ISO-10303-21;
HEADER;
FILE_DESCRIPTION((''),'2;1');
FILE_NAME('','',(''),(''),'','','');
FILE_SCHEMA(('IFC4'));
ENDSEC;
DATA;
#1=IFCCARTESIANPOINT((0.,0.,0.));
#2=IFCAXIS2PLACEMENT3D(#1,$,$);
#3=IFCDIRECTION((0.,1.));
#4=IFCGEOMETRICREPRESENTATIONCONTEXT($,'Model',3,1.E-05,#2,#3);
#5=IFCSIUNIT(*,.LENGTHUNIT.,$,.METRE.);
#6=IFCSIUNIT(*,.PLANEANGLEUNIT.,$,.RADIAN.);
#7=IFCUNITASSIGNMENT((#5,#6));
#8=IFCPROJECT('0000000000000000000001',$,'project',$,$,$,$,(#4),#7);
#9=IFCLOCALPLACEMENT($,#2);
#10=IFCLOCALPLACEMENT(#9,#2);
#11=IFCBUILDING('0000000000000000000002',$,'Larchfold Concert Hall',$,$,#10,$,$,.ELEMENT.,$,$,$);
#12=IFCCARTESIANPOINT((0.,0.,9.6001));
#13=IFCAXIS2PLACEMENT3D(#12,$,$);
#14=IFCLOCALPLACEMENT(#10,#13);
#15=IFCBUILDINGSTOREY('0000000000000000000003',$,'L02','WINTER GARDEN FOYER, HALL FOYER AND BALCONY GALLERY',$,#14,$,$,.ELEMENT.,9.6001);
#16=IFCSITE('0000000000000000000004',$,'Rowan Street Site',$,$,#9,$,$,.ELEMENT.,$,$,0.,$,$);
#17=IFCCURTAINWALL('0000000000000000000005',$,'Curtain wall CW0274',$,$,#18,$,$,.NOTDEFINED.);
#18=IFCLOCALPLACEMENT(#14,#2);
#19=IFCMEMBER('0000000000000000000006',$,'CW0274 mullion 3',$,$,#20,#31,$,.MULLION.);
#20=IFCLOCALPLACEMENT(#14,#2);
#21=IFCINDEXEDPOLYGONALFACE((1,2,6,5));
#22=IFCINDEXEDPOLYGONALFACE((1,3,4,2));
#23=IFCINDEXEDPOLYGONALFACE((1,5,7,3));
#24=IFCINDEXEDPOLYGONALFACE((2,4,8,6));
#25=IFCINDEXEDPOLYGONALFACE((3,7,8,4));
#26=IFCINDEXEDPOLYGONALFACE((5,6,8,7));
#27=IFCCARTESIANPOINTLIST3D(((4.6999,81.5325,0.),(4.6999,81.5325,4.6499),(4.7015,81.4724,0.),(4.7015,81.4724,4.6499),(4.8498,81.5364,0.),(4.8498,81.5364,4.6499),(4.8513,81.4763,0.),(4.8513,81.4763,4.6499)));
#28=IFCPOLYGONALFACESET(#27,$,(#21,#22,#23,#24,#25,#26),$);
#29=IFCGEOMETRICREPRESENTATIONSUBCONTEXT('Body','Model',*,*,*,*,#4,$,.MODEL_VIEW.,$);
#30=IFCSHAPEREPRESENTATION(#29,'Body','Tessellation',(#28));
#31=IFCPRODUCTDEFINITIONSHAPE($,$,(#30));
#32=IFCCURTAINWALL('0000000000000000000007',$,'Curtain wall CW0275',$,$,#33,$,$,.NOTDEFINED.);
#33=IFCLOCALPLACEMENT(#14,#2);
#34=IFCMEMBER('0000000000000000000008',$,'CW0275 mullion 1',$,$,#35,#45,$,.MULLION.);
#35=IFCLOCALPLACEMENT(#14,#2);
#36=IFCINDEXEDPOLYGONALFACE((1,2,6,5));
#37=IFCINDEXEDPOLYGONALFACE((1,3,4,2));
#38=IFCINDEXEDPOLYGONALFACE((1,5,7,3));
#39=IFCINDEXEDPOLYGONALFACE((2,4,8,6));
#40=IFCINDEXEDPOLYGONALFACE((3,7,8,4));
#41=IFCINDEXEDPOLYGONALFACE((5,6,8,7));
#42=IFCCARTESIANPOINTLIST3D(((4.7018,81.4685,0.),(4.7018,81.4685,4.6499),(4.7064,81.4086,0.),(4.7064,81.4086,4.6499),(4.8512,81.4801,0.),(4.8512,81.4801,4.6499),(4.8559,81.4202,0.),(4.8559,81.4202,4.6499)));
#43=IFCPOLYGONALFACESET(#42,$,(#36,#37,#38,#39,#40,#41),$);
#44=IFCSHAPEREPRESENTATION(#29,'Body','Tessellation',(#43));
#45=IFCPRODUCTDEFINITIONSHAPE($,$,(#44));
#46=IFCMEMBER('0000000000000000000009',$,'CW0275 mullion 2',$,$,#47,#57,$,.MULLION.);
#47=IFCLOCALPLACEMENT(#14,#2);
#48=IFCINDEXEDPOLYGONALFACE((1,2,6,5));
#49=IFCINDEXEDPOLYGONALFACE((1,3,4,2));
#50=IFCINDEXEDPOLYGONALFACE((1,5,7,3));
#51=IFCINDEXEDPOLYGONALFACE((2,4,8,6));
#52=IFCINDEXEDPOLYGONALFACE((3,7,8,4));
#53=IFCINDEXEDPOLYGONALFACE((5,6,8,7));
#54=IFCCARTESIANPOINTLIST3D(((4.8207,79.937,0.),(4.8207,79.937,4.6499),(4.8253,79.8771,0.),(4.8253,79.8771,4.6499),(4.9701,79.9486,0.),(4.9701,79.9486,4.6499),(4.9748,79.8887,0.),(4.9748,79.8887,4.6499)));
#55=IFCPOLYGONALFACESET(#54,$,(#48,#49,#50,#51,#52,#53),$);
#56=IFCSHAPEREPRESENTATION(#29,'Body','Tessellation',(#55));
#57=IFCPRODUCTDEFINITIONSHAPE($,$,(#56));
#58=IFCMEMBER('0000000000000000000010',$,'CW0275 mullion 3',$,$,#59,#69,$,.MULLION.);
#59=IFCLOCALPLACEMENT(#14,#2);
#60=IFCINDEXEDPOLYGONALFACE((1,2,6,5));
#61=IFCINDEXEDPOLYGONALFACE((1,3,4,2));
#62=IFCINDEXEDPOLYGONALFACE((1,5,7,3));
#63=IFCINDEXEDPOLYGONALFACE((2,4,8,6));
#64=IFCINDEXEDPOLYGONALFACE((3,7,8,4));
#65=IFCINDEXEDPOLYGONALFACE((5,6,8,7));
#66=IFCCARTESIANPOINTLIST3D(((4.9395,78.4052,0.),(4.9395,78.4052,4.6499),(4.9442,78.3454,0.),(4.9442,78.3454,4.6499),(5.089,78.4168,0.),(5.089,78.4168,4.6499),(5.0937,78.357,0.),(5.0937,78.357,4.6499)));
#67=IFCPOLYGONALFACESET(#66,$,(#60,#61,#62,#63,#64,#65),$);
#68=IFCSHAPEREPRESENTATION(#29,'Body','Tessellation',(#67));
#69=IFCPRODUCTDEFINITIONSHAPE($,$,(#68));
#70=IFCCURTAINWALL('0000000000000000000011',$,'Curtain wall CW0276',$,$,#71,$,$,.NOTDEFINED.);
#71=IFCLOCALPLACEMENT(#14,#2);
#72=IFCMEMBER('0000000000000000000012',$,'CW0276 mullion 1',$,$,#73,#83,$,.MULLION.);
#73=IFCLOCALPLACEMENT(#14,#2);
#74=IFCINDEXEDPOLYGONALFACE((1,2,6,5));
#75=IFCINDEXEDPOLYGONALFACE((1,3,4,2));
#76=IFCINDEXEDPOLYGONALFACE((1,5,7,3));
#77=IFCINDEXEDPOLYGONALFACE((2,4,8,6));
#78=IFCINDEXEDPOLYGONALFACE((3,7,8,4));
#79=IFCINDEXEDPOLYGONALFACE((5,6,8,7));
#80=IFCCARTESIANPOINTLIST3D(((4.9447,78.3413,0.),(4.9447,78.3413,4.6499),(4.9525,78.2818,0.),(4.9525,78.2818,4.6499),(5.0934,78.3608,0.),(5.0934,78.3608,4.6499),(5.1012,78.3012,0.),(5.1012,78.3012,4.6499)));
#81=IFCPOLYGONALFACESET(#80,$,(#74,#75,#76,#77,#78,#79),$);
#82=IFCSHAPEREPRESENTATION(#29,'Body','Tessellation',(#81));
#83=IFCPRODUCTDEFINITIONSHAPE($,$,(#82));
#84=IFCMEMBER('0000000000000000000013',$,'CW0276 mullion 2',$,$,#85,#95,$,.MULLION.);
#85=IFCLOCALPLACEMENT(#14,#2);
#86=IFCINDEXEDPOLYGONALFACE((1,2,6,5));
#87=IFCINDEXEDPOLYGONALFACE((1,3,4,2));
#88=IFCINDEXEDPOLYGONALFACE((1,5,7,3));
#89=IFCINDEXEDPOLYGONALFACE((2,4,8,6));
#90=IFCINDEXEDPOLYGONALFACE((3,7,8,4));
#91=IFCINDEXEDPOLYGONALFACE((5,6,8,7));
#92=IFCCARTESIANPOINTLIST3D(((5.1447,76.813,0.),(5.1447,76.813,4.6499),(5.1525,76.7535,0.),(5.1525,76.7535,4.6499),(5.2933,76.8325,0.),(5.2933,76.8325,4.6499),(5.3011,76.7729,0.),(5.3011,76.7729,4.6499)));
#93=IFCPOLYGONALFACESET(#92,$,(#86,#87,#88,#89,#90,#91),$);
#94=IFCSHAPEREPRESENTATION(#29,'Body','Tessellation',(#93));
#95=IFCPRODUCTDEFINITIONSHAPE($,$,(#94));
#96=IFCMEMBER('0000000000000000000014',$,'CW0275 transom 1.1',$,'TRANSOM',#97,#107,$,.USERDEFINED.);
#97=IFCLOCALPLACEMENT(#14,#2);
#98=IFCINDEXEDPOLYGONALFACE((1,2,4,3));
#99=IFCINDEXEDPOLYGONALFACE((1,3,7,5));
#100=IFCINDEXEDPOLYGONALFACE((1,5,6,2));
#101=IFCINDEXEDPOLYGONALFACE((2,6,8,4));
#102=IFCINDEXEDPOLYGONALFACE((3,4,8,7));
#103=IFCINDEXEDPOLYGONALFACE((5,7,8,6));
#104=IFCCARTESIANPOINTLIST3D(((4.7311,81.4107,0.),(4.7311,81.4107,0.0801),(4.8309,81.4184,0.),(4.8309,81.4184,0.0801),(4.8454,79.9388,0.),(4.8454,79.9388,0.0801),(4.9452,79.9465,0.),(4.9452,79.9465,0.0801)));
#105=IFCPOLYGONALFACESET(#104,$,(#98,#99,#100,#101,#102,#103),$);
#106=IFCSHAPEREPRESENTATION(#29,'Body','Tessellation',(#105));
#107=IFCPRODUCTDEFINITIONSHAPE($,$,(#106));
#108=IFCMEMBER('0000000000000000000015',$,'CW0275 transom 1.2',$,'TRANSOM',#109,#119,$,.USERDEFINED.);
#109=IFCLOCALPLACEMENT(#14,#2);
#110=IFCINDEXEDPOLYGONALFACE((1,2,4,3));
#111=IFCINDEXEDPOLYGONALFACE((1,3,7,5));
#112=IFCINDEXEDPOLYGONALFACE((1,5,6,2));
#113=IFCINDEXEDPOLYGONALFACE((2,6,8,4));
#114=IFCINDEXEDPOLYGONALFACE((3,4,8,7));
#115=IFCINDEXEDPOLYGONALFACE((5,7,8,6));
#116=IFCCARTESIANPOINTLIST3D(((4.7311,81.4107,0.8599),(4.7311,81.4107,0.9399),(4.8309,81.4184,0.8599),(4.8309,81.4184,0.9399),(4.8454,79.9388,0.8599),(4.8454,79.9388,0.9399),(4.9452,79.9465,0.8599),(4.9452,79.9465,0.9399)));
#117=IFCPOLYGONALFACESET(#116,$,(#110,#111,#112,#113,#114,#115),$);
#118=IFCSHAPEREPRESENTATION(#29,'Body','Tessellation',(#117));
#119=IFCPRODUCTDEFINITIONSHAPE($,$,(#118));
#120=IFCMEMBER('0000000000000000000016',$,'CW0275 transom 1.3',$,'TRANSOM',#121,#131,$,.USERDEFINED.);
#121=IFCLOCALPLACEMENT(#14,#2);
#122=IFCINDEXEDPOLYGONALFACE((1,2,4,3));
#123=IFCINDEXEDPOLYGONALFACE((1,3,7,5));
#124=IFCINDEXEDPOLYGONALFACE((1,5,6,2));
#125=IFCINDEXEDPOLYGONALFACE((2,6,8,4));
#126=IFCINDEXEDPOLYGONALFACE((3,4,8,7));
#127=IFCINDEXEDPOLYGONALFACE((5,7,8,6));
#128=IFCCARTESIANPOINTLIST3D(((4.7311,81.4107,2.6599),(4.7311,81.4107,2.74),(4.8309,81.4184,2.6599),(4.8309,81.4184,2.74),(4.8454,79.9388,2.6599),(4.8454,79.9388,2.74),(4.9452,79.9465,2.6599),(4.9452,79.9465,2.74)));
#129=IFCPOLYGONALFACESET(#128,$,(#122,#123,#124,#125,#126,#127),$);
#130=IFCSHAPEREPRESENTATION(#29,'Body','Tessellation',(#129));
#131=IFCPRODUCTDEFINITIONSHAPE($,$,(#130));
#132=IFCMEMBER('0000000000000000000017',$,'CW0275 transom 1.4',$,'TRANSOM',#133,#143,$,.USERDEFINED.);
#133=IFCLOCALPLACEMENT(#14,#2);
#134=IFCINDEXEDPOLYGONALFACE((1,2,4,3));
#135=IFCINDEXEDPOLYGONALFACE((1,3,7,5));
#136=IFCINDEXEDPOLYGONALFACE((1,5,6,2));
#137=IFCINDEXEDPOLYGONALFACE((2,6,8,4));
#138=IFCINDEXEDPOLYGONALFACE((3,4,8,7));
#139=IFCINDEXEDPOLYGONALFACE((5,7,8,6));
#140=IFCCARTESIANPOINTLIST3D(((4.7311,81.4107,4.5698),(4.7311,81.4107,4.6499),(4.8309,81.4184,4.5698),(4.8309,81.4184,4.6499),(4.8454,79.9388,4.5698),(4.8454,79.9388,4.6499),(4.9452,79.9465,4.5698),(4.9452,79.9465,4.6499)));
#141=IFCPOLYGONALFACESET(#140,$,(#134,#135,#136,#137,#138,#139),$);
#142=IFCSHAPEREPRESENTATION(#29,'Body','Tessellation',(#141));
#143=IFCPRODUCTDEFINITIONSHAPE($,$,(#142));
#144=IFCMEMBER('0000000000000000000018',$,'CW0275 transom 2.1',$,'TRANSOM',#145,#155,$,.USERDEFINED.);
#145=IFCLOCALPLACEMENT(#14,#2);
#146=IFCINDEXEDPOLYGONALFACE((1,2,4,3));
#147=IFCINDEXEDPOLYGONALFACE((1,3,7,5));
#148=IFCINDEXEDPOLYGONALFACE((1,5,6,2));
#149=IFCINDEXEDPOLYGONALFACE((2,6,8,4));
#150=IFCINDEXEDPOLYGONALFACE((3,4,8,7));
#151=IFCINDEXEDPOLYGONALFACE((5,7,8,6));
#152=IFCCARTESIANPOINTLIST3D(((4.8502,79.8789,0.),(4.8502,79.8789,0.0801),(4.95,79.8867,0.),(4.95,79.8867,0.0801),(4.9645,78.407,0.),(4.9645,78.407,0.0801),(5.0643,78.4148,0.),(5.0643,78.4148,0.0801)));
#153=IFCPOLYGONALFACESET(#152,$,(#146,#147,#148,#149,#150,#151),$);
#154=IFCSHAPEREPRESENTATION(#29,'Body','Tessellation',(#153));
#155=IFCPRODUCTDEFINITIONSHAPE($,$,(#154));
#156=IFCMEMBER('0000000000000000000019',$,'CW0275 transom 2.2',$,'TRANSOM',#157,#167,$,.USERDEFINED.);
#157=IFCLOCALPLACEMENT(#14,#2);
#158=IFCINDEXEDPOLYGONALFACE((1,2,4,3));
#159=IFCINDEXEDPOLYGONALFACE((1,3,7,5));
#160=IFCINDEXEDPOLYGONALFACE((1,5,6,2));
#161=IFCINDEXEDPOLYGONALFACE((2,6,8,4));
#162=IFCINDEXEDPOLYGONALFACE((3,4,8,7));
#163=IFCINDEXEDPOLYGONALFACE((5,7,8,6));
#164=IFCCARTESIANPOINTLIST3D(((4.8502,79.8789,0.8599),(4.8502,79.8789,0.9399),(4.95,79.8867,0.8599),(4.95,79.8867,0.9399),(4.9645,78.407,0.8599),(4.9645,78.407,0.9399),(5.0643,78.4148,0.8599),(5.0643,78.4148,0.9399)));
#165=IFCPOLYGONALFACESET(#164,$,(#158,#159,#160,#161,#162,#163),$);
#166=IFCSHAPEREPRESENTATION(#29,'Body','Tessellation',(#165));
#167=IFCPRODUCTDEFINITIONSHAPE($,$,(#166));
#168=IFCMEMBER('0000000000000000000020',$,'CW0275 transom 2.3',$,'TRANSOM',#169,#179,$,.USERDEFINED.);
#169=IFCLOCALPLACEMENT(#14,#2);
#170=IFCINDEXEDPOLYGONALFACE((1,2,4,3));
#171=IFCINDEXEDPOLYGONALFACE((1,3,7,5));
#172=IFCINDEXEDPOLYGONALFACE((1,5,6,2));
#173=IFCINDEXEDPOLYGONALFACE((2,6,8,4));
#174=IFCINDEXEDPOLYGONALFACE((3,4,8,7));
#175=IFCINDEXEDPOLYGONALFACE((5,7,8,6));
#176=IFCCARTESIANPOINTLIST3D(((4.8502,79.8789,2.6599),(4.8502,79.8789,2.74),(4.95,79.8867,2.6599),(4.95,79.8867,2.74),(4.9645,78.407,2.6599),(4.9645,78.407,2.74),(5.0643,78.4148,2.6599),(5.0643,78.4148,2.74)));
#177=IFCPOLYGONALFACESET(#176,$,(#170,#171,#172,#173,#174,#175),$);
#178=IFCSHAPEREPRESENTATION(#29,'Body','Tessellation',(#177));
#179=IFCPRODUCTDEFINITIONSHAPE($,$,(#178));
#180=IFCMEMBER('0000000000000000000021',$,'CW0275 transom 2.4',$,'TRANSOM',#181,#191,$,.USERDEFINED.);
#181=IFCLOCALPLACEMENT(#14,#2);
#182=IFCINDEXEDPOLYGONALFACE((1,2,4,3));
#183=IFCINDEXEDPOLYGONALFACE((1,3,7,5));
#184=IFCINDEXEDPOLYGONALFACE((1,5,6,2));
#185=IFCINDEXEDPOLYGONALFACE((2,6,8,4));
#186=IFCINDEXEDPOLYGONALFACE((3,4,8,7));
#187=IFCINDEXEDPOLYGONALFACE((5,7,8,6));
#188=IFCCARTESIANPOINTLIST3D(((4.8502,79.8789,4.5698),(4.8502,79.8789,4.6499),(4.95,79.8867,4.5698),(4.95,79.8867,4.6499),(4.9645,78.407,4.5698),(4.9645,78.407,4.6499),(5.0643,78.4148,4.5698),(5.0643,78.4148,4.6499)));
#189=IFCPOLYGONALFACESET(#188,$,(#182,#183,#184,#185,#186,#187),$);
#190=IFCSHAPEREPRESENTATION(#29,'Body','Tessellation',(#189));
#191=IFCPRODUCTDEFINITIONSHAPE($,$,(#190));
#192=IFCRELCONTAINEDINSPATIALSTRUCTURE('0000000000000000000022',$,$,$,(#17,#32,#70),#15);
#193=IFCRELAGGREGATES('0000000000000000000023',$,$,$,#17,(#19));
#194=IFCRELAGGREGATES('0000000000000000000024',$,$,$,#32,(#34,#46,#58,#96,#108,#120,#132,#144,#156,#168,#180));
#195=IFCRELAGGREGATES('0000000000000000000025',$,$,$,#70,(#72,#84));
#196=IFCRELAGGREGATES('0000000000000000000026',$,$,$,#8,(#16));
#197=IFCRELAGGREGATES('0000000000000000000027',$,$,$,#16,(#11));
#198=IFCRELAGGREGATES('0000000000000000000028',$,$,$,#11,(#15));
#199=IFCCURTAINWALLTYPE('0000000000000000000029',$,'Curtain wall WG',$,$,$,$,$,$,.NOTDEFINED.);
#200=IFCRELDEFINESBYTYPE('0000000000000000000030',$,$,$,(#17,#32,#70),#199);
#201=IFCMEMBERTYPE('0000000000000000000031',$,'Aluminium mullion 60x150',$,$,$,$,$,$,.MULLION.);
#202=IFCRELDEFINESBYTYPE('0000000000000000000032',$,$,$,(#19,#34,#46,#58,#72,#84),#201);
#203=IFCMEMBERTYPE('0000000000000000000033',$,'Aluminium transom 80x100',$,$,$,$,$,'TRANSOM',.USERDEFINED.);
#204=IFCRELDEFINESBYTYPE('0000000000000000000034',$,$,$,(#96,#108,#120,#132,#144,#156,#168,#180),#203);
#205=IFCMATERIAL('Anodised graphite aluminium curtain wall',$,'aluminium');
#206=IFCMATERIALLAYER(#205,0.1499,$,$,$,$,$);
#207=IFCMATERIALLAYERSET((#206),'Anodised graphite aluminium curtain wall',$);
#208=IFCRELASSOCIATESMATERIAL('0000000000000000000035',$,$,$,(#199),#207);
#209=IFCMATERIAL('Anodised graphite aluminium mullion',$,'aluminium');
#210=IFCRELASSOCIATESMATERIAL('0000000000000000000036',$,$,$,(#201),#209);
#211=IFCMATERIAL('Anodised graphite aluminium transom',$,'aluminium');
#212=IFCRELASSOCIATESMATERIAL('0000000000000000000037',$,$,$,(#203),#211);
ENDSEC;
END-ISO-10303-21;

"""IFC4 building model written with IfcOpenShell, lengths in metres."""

from ifc_helpers import new_model, si_unit, direction, frame, origin, origin_2d, place, context, subcontext, project, spatial, rectangle, extrude, material, layer, layer_set, material_profile, profile_set, type_object, element, aggregate, save


model = new_model("IFC4")

# Units and contexts
model_context = context("Model", 3, precision=1e-05, world=origin(), true_north=direction((0.0, 1.0)))
body_context = subcontext(model_context, "Body", "Model", "MODEL_VIEW")
ifc_project = project(units=[si_unit("LENGTHUNIT", "METRE"), si_unit("PLANEANGLEUNIT", "RADIAN")], contexts=[model_context])

# Site, building, storey
site_placement = place(None, origin())
site = spatial("IfcSite", under=ifc_project, at=site_placement, Name="Rowan Street Site", CompositionType="ELEMENT", RefElevation=0.0)
building_placement = place(site_placement, origin())
building = spatial("IfcBuilding", under=site, at=building_placement, Name="Larchfold Concert Hall", CompositionType="ELEMENT")
storey_placement = place(building_placement, frame((0.0, 0.0, 9.6001)))
storey = spatial("IfcBuildingStorey", under=building, at=storey_placement, Name="L02", Description="WINTER GARDEN FOYER, HALL FOYER AND BALCONY GALLERY", CompositionType="ELEMENT", Elevation=9.6001)

# Curtain wall, member
ifc_material_1 = material(Name="Anodised graphite aluminium curtain wall", Category="aluminium")
ifc_layer_1 = layer(ifc_material_1, 0.1499)
ifc_layer_set_1 = layer_set([ifc_layer_1], Name="Anodised graphite aluminium curtain wall")
curtain_wall_type = type_object("IfcCurtainWallType", Name="Curtain wall WG", PredefinedType="NOTDEFINED", material=ifc_layer_set_1)
curtain_wall_1_placement = place(storey_placement, origin())
curtain_wall_1 = element("IfcCurtainWall", 1, at=curtain_wall_1_placement, inside=storey, type_object=curtain_wall_type, Name="Curtain wall CW0274", PredefinedType="NOTDEFINED")
ifc_material_2 = material(Name="Anodised graphite aluminium mullion", Category="aluminium")
ifc_material_profile_1 = material_profile(ifc_material_2, rectangle(XDim=0.1499, YDim=0.0601, at=origin_2d()))
ifc_profile_set_1 = profile_set([ifc_material_profile_1], Name="Anodised graphite aluminium mullion")
member_type_1 = type_object("IfcMemberType", Name="Aluminium mullion 60x150", PredefinedType="MULLION", material=ifc_profile_set_1)
member_1_placement = place(storey_placement, frame((4.7756, 81.5044, 0.0), z_axis=(0.0, 0.0, 1.0), x_axis=(0.999666, 0.025845, 0.0)))
member_1 = element("IfcMember", 2, at=member_1_placement, type_object=member_type_1, Name="CW0274 mullion 3", PredefinedType="MULLION", context=body_context, shape_type="SweptSolid", body=[
    extrude(rectangle(XDim=0.1499, YDim=0.0601, at=origin_2d()), origin(), (0.0, 0.0, 1.0), 4.6499),
])
aggregate(curtain_wall_1, [member_1])

# Curtain walls, members
curtain_wall_2_placement = place(storey_placement, origin())
curtain_wall_2 = element("IfcCurtainWall", 3, at=curtain_wall_2_placement, inside=storey, type_object=curtain_wall_type, Name="Curtain wall CW0275", PredefinedType="NOTDEFINED")
member_2_placement = place(storey_placement, frame((4.7788, 81.4443, 0.0), z_axis=(0.0, 0.0, 1.0), x_axis=(0.996995, 0.077465, 0.0)))
member_2 = element("IfcMember", 4, at=member_2_placement, type_object=member_type_1, Name="CW0275 mullion 1", PredefinedType="MULLION", context=body_context, shape_type="SweptSolid", body=[
    extrude(rectangle(XDim=0.1499, YDim=0.0601, at=origin_2d()), origin(), (0.0, 0.0, 1.0), 4.6499),
])
member_3_placement = place(storey_placement, frame((4.8977, 79.9128, 0.0), z_axis=(0.0, 0.0, 1.0), x_axis=(0.996995, 0.077465, 0.0)))
member_3 = element("IfcMember", 5, at=member_3_placement, type_object=member_type_1, Name="CW0275 mullion 2", PredefinedType="MULLION", context=body_context, shape_type="SweptSolid", body=[
    extrude(rectangle(XDim=0.1499, YDim=0.0601, at=origin_2d()), origin(), (0.0, 0.0, 1.0), 4.6499),
])
member_4_placement = place(storey_placement, frame((5.0166, 78.3811, 0.0), z_axis=(0.0, 0.0, 1.0), x_axis=(0.996995, 0.077465, 0.0)))
member_4 = element("IfcMember", 6, at=member_4_placement, type_object=member_type_1, Name="CW0275 mullion 3", PredefinedType="MULLION", context=body_context, shape_type="SweptSolid", body=[
    extrude(rectangle(XDim=0.1499, YDim=0.0601, at=origin_2d()), origin(), (0.0, 0.0, 1.0), 4.6499),
])
curtain_wall_3_placement = place(storey_placement, origin())
curtain_wall_3 = element("IfcCurtainWall", 7, at=curtain_wall_3_placement, inside=storey, type_object=curtain_wall_type, Name="Curtain wall CW0276", PredefinedType="NOTDEFINED")
member_5_placement = place(storey_placement, frame((5.0229, 78.3213, 0.0), z_axis=(0.0, 0.0, 1.0), x_axis=(0.991549, 0.129731, 0.0)))
member_5 = element("IfcMember", 8, at=member_5_placement, type_object=member_type_1, Name="CW0276 mullion 1", PredefinedType="MULLION", context=body_context, shape_type="SweptSolid", body=[
    extrude(rectangle(XDim=0.1499, YDim=0.0601, at=origin_2d()), origin(), (0.0, 0.0, 1.0), 4.6499),
])
member_6_placement = place(storey_placement, frame((5.2229, 76.793, 0.0), z_axis=(0.0, 0.0, 1.0), x_axis=(0.991549, 0.129731, 0.0)))
member_6 = element("IfcMember", 9, at=member_6_placement, type_object=member_type_1, Name="CW0276 mullion 2", PredefinedType="MULLION", context=body_context, shape_type="SweptSolid", body=[
    extrude(rectangle(XDim=0.1499, YDim=0.0601, at=origin_2d()), origin(), (0.0, 0.0, 1.0), 4.6499),
])

# Members
ifc_material_3 = material(Name="Anodised graphite aluminium transom", Category="aluminium")
ifc_material_profile_2 = material_profile(ifc_material_3, rectangle(XDim=0.1001, YDim=0.0801, at=origin_2d()))
ifc_profile_set_2 = profile_set([ifc_material_profile_2], Name="Anodised graphite aluminium transom")
member_type_2 = type_object("IfcMemberType", Name="Aluminium transom 80x100", ElementType="TRANSOM", PredefinedType="USERDEFINED", material=ifc_profile_set_2)
member_7_placement = place(storey_placement, frame((4.781, 81.4146, 0.04), z_axis=(0.077392, -0.997001, 0.0), x_axis=(0.997001, 0.077392, 0.0)))
member_7 = element("IfcMember", 10, at=member_7_placement, type_object=member_type_2, Name="CW0275 transom 1.1", ObjectType="TRANSOM", PredefinedType="USERDEFINED", context=body_context, shape_type="SweptSolid", body=[
    extrude(rectangle(XDim=0.1001, YDim=0.0801, at=origin_2d()), origin(), (0.0, 0.0, 1.0), 1.4763),
])
member_8_placement = place(storey_placement, frame((4.781, 81.4146, 0.8999), z_axis=(0.077392, -0.997001, 0.0), x_axis=(0.997001, 0.077392, 0.0)))
member_8 = element("IfcMember", 11, at=member_8_placement, type_object=member_type_2, Name="CW0275 transom 1.2", ObjectType="TRANSOM", PredefinedType="USERDEFINED", context=body_context, shape_type="SweptSolid", body=[
    extrude(rectangle(XDim=0.1001, YDim=0.0801, at=origin_2d()), origin(), (0.0, 0.0, 1.0), 1.4763),
])
member_9_placement = place(storey_placement, frame((4.781, 81.4146, 2.7), z_axis=(0.077392, -0.997001, 0.0), x_axis=(0.997001, 0.077392, 0.0)))
member_9 = element("IfcMember", 12, at=member_9_placement, type_object=member_type_2, Name="CW0275 transom 1.3", ObjectType="TRANSOM", PredefinedType="USERDEFINED", context=body_context, shape_type="SweptSolid", body=[
    extrude(rectangle(XDim=0.1001, YDim=0.0801, at=origin_2d()), origin(), (0.0, 0.0, 1.0), 1.4763),
])
member_10_placement = place(storey_placement, frame((4.781, 81.4146, 4.6099), z_axis=(0.077392, -0.997001, 0.0), x_axis=(0.997001, 0.077392, 0.0)))
member_10 = element("IfcMember", 13, at=member_10_placement, type_object=member_type_2, Name="CW0275 transom 1.4", ObjectType="TRANSOM", PredefinedType="USERDEFINED", context=body_context, shape_type="SweptSolid", body=[
    extrude(rectangle(XDim=0.1001, YDim=0.0801, at=origin_2d()), origin(), (0.0, 0.0, 1.0), 1.4763),
])
member_11_placement = place(storey_placement, frame((4.9001, 79.8828, 0.04), z_axis=(0.077392, -0.997001, 0.0), x_axis=(0.997001, 0.077392, 0.0)))
member_11 = element("IfcMember", 14, at=member_11_placement, type_object=member_type_2, Name="CW0275 transom 2.1", ObjectType="TRANSOM", PredefinedType="USERDEFINED", context=body_context, shape_type="SweptSolid", body=[
    extrude(rectangle(XDim=0.1001, YDim=0.0801, at=origin_2d()), origin(), (0.0, 0.0, 1.0), 1.4763),
])
member_12_placement = place(storey_placement, frame((4.9001, 79.8828, 0.8999), z_axis=(0.077392, -0.997001, 0.0), x_axis=(0.997001, 0.077392, 0.0)))
member_12 = element("IfcMember", 15, at=member_12_placement, type_object=member_type_2, Name="CW0275 transom 2.2", ObjectType="TRANSOM", PredefinedType="USERDEFINED", context=body_context, shape_type="SweptSolid", body=[
    extrude(rectangle(XDim=0.1001, YDim=0.0801, at=origin_2d()), origin(), (0.0, 0.0, 1.0), 1.4763),
])
member_13_placement = place(storey_placement, frame((4.9001, 79.8828, 2.7), z_axis=(0.077392, -0.997001, 0.0), x_axis=(0.997001, 0.077392, 0.0)))
member_13 = element("IfcMember", 16, at=member_13_placement, type_object=member_type_2, Name="CW0275 transom 2.3", ObjectType="TRANSOM", PredefinedType="USERDEFINED", context=body_context, shape_type="SweptSolid", body=[
    extrude(rectangle(XDim=0.1001, YDim=0.0801, at=origin_2d()), origin(), (0.0, 0.0, 1.0), 1.4763),
])
member_14_placement = place(storey_placement, frame((4.9001, 79.8828, 4.6099), z_axis=(0.077392, -0.997001, 0.0), x_axis=(0.997001, 0.077392, 0.0)))
member_14 = element("IfcMember", 17, at=member_14_placement, type_object=member_type_2, Name="CW0275 transom 2.4", ObjectType="TRANSOM", PredefinedType="USERDEFINED", context=body_context, shape_type="SweptSolid", body=[
    extrude(rectangle(XDim=0.1001, YDim=0.0801, at=origin_2d()), origin(), (0.0, 0.0, 1.0), 1.4763),
])

aggregate(curtain_wall_2, [member_2, member_3, member_4, member_7, member_8, member_9, member_10, member_11, member_12, member_13, member_14])
aggregate(curtain_wall_3, [member_5, member_6])

save(model, "model.ifc")
